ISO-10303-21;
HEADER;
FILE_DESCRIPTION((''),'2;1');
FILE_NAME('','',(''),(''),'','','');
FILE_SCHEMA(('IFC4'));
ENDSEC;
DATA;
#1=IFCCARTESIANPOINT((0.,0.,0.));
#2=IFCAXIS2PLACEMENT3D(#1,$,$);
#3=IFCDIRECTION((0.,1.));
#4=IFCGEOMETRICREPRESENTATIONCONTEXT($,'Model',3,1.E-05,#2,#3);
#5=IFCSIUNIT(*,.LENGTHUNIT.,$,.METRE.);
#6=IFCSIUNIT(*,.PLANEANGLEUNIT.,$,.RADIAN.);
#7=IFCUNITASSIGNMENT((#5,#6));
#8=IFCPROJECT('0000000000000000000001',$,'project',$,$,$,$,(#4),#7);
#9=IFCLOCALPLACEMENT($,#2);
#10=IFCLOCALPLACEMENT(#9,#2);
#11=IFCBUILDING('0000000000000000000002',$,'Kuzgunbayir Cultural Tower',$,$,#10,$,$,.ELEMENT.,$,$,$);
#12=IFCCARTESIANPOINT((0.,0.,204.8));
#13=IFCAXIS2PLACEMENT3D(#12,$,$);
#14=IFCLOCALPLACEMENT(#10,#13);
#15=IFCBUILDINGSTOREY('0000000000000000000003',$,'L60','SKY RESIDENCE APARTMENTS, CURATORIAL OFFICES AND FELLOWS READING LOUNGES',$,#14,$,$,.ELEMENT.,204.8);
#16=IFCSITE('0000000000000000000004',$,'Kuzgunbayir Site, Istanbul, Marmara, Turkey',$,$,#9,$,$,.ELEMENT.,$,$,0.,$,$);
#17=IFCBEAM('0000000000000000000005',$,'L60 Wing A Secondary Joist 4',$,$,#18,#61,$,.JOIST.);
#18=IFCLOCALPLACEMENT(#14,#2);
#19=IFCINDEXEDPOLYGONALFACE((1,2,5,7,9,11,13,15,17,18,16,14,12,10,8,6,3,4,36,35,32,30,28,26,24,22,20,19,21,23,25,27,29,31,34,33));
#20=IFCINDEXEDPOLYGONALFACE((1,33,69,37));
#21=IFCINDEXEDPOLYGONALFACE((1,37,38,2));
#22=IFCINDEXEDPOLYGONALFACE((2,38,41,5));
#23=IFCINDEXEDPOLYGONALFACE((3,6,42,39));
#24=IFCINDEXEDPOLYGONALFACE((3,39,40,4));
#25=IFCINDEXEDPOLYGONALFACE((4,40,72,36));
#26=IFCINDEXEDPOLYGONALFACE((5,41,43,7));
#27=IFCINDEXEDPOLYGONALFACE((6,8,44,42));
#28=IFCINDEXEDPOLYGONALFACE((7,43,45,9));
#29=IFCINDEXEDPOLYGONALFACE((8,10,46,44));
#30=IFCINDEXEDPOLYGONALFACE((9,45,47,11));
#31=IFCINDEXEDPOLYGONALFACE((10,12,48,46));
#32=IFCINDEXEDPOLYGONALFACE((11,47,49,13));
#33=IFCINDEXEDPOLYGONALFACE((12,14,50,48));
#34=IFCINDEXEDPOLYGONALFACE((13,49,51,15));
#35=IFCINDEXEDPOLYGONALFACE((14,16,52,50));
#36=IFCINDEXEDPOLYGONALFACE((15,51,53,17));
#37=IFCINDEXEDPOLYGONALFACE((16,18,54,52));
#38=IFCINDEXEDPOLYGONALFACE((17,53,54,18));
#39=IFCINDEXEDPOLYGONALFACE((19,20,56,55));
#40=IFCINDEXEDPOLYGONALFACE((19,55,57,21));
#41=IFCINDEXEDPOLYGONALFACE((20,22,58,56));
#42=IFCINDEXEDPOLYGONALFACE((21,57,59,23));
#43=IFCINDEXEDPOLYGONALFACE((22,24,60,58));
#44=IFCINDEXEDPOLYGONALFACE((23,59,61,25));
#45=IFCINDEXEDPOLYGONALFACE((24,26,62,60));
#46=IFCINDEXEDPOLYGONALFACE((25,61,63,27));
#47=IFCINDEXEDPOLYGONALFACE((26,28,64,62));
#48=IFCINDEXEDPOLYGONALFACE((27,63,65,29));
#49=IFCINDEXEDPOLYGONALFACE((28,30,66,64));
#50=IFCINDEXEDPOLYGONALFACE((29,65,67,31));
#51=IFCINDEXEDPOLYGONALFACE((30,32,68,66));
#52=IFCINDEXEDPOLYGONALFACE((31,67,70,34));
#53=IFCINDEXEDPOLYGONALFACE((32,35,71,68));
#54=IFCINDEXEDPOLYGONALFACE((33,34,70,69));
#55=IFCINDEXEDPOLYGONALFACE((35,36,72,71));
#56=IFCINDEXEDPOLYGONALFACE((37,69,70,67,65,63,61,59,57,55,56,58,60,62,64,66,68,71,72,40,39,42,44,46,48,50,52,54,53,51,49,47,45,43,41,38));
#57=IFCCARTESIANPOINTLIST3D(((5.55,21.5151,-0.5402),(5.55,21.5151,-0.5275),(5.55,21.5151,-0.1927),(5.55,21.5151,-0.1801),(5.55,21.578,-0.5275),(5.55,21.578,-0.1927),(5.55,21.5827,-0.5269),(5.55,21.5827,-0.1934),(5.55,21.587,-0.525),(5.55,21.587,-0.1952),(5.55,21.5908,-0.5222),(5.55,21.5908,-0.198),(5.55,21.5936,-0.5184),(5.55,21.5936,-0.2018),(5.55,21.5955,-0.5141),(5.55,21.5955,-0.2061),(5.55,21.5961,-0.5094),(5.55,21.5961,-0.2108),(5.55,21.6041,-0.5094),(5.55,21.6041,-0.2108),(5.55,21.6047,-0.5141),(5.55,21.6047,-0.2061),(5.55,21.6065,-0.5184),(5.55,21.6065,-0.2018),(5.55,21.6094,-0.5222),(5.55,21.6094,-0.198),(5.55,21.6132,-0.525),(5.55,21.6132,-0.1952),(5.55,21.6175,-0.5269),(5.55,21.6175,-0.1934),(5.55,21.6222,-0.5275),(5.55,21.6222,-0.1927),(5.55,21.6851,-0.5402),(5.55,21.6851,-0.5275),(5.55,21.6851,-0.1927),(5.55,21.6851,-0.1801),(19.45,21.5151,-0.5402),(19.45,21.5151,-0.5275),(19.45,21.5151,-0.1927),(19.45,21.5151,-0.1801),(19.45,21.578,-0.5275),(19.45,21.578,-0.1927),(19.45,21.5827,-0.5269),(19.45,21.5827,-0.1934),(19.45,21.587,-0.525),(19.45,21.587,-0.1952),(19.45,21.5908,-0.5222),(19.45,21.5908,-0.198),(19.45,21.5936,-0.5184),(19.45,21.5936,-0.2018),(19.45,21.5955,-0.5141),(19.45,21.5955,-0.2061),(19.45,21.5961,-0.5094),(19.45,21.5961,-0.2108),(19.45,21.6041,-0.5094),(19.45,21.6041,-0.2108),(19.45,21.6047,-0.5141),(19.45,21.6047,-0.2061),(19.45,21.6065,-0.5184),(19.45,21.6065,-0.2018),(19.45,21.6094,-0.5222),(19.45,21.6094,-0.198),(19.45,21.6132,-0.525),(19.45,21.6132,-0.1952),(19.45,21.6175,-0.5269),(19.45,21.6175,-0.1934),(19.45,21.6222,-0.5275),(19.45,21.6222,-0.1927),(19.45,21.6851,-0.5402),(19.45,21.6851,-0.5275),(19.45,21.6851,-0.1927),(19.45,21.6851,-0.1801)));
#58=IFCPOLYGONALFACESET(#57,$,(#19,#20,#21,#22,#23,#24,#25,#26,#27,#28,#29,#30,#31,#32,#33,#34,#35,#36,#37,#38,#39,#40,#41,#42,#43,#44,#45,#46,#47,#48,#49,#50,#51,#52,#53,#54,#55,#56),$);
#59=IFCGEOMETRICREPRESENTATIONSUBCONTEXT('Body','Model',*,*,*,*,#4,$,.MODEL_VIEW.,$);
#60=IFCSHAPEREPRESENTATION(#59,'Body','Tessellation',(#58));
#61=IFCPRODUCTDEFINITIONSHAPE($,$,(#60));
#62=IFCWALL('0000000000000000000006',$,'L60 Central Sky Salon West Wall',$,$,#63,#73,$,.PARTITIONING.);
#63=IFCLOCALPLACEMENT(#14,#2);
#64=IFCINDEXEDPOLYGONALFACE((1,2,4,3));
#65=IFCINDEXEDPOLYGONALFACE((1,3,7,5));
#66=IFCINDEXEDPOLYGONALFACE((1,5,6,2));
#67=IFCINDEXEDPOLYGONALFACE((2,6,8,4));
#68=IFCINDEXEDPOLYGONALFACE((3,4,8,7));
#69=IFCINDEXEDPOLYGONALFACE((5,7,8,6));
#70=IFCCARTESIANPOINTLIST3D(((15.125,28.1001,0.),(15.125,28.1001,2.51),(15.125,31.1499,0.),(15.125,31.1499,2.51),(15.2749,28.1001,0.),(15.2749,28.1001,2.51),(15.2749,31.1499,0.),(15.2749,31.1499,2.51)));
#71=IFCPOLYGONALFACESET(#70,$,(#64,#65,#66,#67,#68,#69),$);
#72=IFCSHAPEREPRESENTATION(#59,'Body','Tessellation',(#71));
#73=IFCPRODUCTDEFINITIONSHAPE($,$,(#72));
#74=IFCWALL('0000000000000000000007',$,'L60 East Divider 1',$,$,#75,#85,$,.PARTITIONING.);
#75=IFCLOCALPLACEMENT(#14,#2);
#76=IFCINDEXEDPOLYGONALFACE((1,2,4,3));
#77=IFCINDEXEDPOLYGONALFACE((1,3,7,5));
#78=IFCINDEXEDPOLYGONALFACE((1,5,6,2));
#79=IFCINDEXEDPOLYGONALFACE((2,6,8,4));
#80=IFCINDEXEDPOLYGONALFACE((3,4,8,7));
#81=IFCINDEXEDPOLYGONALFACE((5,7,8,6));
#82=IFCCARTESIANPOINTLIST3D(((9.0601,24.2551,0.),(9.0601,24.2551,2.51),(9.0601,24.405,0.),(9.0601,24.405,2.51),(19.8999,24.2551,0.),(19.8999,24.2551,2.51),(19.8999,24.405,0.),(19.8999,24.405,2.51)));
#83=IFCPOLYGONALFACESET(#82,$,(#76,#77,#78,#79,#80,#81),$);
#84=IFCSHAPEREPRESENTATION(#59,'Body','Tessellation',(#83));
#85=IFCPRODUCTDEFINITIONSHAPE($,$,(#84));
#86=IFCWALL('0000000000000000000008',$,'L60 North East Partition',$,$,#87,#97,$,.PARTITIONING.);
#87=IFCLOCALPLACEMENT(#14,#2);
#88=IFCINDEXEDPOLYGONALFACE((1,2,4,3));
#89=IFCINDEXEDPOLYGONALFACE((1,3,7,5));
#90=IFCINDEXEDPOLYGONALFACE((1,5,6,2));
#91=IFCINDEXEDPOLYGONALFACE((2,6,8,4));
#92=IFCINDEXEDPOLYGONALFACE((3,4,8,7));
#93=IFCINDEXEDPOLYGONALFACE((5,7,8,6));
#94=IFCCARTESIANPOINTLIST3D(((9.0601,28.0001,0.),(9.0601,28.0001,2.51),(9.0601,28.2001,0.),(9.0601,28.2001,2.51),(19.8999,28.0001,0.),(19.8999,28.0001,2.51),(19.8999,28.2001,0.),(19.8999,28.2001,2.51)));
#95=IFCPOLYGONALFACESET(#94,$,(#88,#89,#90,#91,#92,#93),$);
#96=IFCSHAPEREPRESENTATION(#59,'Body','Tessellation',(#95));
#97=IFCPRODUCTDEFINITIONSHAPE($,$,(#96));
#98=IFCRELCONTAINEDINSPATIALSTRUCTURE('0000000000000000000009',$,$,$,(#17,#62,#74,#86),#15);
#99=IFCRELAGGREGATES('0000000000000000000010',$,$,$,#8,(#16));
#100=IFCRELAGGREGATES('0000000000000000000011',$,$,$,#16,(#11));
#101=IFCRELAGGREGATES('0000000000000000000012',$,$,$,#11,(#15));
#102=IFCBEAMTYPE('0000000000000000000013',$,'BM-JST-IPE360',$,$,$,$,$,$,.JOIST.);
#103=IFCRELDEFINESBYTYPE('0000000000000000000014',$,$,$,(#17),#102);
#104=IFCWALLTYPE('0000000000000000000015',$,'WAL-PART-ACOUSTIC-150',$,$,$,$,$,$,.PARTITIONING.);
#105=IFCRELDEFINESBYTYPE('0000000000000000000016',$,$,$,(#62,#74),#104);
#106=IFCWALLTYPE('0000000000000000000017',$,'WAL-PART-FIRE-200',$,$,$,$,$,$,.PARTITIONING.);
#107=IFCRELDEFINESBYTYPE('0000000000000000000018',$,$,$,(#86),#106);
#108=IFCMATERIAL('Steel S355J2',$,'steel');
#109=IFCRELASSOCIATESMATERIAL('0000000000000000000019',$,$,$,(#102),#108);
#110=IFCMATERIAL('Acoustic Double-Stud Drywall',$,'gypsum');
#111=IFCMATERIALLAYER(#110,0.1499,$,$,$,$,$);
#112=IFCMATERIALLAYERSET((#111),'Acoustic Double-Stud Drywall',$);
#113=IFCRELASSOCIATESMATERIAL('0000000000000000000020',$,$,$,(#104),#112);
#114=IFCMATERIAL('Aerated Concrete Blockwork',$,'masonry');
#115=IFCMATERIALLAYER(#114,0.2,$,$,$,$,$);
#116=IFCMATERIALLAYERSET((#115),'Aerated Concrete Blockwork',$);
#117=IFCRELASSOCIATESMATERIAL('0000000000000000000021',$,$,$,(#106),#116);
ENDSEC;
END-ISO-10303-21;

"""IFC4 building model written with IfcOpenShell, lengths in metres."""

from ifc_helpers import new_model, si_unit, direction, frame, frame_2d, origin, origin_2d, place, context, subcontext, project, spatial, rectangle, i_section, extrude, material, layer, layer_set, material_profile, profile_set, type_object, element, save


model = new_model("IFC4")

# Units and contexts
model_context = context("Model", 3, precision=1e-05, world=origin(), true_north=direction((0.0, 1.0)))
body_context = subcontext(model_context, "Body", "Model", "MODEL_VIEW")
ifc_project = project(units=[si_unit("LENGTHUNIT", "METRE"), si_unit("PLANEANGLEUNIT", "RADIAN")], contexts=[model_context])

# Site, building, storey
site_placement = place(None, origin())
site = spatial("IfcSite", under=ifc_project, at=site_placement, Name="Kuzgunbayir Site, Istanbul, Marmara, Turkey", CompositionType="ELEMENT", RefElevation=0.0)
building_placement = place(site_placement, origin())
building = spatial("IfcBuilding", under=site, at=building_placement, Name="Kuzgunbayir Cultural Tower", CompositionType="ELEMENT")
storey_placement = place(building_placement, frame((0.0, 0.0, 204.8)))
storey = spatial("IfcBuildingStorey", under=building, at=storey_placement, Name="L60", Description="SKY RESIDENCE APARTMENTS, CURATORIAL OFFICES AND FELLOWS READING LOUNGES", CompositionType="ELEMENT", Elevation=204.8)

# Beam
ifc_material_1 = material(Name="Steel S355J2", Category="steel")
ifc_material_profile_1 = material_profile(ifc_material_1, i_section(OverallWidth=0.1699, OverallDepth=0.3601, WebThickness=0.0081, FlangeThickness=0.0127, FilletRadius=0.0181, at=origin_2d()), Name="IPE 360")
ifc_profile_set_1 = profile_set([ifc_material_profile_1], Name="Steel S355J2")
beam_type_1 = type_object("IfcBeamType", Name="BM-JST-IPE360", PredefinedType="JOIST", material=ifc_profile_set_1)
beam_1_placement = place(storey_placement, frame((5.55, 21.6001, -0.3601), z_axis=(1.0, 0.0, 0.0), x_axis=(0.0, 1.0, 0.0)))
element("IfcBeam", 1, at=beam_1_placement, inside=storey, type_object=beam_type_1, Name="L60 Wing A Secondary Joist 4", PredefinedType="JOIST", context=body_context, shape_type="SweptSolid", body=[
    extrude(i_section(OverallWidth=0.1699, OverallDepth=0.3601, WebThickness=0.0081, FlangeThickness=0.0127, FilletRadius=0.0181, at=origin_2d()), origin(), (0.0, 0.0, 1.0), 13.8999),
])

# Walls
ifc_material_2 = material(Name="Acoustic Double-Stud Drywall", Category="gypsum")
ifc_layer_1 = layer(ifc_material_2, 0.1499)
ifc_layer_set_1 = layer_set([ifc_layer_1], Name="Acoustic Double-Stud Drywall")
wall_type_1 = type_object("IfcWallType", Name="WAL-PART-ACOUSTIC-150", PredefinedType="PARTITIONING", material=ifc_layer_set_1)
wall_1_placement = place(storey_placement, frame((15.2, 28.1001, 0.0), z_axis=(0.0, 0.0, 1.0), x_axis=(0.0, 1.0, 0.0)))
element("IfcWall", 2, at=wall_1_placement, inside=storey, type_object=wall_type_1, Name="L60 Central Sky Salon West Wall", PredefinedType="PARTITIONING", context=body_context, shape_type="SweptSolid", body=[
    extrude(rectangle(XDim=3.0498, YDim=0.1499, at=frame_2d((1.5249, 0.0))), origin(), (0.0, 0.0, 1.0), 2.51),
])
wall_2_placement = place(storey_placement, frame((9.0601, 24.3301, 0.0), z_axis=(0.0, 0.0, 1.0), x_axis=(1.0, 0.0, 0.0)))
element("IfcWall", 3, at=wall_2_placement, inside=storey, type_object=wall_type_1, Name="L60 East Divider 1", PredefinedType="PARTITIONING", context=body_context, shape_type="SweptSolid", body=[
    extrude(rectangle(XDim=10.8398, YDim=0.1499, at=frame_2d((5.4199, 0.0))), origin(), (0.0, 0.0, 1.0), 2.51),
])
ifc_material_3 = material(Name="Aerated Concrete Blockwork", Category="masonry")
ifc_layer_2 = layer(ifc_material_3, 0.2)
ifc_layer_set_2 = layer_set([ifc_layer_2], Name="Aerated Concrete Blockwork")
wall_type_2 = type_object("IfcWallType", Name="WAL-PART-FIRE-200", PredefinedType="PARTITIONING", material=ifc_layer_set_2)
wall_3_placement = place(storey_placement, frame((9.0601, 28.1001, 0.0), z_axis=(0.0, 0.0, 1.0), x_axis=(1.0, 0.0, 0.0)))
element("IfcWall", 4, at=wall_3_placement, inside=storey, type_object=wall_type_2, Name="L60 North East Partition", PredefinedType="PARTITIONING", context=body_context, shape_type="SweptSolid", body=[
    extrude(rectangle(XDim=10.8398, YDim=0.2, at=frame_2d((5.4199, 0.0))), origin(), (0.0, 0.0, 1.0), 2.51),
])

save(model, "model.ifc")
